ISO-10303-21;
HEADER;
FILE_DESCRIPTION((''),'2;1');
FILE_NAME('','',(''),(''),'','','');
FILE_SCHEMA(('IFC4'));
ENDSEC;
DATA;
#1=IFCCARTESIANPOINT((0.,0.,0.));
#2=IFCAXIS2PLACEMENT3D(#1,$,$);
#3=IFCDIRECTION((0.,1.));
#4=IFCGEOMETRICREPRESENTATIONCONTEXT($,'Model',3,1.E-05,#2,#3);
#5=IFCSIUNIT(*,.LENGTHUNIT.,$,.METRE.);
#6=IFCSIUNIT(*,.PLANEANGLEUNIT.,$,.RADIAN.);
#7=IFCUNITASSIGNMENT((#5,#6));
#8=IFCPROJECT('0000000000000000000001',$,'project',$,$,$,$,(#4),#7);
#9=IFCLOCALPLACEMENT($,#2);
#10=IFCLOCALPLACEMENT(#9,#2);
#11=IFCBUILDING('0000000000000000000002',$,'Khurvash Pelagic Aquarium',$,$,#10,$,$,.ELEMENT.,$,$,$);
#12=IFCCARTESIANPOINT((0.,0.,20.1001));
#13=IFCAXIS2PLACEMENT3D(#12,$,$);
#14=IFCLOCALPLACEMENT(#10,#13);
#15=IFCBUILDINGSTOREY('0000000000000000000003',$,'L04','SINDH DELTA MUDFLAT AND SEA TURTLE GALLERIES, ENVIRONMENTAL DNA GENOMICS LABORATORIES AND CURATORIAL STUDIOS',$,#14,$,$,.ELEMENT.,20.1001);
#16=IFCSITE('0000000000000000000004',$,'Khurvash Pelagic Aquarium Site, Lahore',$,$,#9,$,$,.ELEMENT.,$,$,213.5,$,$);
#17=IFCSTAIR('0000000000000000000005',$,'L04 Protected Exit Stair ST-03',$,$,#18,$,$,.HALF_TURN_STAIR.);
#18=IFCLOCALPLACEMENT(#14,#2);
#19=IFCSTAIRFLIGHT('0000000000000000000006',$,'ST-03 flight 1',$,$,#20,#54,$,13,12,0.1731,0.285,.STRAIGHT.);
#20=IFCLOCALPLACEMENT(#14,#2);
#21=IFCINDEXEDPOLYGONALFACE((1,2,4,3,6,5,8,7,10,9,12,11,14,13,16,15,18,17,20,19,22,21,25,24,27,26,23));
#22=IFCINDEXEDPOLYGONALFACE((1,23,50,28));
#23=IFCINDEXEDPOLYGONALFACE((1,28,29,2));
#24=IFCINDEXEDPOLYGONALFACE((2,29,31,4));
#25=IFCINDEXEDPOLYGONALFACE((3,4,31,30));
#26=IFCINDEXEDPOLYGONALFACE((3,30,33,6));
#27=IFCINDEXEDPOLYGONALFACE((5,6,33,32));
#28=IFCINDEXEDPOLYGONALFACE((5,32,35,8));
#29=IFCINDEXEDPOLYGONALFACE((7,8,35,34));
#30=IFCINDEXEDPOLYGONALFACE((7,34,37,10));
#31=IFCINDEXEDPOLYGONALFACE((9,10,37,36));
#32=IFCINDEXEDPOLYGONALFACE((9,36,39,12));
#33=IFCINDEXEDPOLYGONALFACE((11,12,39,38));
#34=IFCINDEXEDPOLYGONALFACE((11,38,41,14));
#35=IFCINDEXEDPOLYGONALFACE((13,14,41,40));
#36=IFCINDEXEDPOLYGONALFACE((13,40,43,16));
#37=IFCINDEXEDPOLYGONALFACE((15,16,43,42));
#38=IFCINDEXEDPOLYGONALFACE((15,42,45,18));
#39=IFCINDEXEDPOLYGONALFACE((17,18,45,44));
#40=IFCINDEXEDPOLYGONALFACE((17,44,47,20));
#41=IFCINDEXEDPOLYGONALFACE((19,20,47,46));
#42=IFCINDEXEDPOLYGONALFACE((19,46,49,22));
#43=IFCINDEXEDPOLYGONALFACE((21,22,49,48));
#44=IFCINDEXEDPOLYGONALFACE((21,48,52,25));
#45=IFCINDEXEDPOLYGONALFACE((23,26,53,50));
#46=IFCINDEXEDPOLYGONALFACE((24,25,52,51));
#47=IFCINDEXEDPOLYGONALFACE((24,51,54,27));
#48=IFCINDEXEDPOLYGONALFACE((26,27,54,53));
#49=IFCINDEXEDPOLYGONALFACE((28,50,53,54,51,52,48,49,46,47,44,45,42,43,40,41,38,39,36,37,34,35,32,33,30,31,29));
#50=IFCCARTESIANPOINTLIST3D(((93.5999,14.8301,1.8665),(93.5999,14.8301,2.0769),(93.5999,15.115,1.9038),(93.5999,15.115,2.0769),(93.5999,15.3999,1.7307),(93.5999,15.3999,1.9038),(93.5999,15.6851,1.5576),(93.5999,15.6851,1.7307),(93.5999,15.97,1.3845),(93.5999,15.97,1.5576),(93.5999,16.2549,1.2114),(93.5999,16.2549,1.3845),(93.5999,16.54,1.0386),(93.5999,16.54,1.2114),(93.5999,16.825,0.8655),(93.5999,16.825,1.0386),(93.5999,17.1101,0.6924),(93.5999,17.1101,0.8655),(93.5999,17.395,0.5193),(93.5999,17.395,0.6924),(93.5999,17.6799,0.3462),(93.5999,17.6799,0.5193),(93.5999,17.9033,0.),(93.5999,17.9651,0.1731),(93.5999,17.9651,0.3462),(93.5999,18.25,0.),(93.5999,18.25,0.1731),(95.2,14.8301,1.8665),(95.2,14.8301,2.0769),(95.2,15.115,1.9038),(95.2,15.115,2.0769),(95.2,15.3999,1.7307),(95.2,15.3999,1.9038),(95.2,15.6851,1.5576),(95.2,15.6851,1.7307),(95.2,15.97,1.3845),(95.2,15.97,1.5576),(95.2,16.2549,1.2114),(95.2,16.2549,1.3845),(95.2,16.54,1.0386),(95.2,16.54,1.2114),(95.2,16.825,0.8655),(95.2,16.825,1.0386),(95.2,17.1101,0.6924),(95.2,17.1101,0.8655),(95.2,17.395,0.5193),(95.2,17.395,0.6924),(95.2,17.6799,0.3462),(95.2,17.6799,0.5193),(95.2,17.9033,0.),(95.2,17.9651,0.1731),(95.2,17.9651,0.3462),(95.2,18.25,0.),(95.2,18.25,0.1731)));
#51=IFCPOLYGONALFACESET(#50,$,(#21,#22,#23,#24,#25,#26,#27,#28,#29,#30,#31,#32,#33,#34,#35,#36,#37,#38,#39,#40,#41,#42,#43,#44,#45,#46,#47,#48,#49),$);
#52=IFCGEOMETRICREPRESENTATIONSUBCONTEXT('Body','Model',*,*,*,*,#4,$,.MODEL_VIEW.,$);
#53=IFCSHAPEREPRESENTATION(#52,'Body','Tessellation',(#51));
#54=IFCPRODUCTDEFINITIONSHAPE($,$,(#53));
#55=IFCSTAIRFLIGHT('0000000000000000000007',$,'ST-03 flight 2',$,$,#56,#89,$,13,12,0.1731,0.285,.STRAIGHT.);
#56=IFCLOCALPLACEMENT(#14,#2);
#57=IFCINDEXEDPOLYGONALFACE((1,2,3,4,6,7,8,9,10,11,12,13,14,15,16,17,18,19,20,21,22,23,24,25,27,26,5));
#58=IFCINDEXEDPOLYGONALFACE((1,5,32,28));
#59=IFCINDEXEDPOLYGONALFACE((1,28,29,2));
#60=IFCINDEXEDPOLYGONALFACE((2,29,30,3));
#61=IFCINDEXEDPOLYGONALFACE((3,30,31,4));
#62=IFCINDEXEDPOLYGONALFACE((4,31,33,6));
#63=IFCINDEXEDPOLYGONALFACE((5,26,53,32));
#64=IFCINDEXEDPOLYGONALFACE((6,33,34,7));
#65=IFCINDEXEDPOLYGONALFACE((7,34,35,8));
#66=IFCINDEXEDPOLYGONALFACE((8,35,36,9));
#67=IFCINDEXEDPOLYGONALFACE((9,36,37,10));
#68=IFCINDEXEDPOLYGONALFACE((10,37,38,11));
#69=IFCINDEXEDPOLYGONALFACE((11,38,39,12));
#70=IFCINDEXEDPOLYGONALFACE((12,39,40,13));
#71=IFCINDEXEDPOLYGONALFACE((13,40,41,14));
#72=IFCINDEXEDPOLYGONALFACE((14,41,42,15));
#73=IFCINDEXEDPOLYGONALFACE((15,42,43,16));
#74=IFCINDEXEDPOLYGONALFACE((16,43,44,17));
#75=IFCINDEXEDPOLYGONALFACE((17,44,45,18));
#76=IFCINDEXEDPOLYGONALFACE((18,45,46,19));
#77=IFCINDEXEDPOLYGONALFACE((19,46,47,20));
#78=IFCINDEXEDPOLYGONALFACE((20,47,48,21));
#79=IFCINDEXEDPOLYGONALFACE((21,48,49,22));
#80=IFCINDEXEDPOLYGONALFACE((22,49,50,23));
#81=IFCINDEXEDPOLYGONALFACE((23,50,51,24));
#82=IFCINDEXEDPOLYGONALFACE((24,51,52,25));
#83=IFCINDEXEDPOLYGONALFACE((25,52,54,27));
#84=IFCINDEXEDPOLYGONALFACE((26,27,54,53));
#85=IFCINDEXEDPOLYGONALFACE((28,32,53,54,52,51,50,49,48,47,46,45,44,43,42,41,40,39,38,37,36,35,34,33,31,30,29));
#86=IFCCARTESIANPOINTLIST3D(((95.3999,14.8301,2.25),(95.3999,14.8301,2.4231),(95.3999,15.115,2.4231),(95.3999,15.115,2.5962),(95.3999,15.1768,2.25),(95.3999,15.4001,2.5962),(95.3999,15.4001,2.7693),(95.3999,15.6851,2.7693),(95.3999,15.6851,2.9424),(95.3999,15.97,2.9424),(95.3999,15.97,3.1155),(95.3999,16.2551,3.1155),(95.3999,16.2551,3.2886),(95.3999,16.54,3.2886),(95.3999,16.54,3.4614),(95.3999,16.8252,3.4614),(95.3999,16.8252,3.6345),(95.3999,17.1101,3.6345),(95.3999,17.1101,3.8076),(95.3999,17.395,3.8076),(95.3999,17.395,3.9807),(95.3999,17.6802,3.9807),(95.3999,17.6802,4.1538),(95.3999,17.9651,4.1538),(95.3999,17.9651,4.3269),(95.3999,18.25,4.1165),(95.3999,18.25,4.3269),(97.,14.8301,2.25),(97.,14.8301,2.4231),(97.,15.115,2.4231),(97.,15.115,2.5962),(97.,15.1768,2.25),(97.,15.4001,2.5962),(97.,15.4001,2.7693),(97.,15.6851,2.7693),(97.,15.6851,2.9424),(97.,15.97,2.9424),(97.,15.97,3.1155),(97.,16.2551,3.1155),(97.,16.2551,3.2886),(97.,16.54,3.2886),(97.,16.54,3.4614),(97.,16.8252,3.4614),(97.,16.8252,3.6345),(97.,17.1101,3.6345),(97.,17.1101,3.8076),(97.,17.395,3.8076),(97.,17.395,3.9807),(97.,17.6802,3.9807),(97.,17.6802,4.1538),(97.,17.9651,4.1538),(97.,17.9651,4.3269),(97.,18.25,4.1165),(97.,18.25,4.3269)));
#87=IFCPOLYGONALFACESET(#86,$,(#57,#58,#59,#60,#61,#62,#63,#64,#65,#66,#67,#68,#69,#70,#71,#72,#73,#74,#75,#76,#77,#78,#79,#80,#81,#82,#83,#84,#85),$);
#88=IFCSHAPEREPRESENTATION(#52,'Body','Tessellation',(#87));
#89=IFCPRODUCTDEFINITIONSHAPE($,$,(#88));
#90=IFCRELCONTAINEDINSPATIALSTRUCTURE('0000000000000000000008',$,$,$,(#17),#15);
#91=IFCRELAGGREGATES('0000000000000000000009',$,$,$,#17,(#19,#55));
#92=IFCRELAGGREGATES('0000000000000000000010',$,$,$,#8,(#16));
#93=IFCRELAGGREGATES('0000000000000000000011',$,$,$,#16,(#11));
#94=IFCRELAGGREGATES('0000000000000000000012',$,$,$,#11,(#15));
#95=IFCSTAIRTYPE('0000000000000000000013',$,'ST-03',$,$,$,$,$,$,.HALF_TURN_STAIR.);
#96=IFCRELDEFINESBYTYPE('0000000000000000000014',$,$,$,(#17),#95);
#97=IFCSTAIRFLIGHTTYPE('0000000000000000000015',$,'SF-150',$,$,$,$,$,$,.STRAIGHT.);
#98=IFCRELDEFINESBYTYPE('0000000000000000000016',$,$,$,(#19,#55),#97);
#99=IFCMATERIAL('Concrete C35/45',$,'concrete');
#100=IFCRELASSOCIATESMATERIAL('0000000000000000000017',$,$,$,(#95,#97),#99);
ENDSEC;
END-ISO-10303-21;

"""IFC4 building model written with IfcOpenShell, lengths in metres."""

from ifc_helpers import new_model, si_unit, direction, frame, origin, place, context, subcontext, project, spatial, polyline, outline, extrude, material, type_object, element, aggregate, save


model = new_model("IFC4")

# Units and contexts
model_context = context("Model", 3, precision=1e-05, world=origin(), true_north=direction((0.0, 1.0)))
body_context = subcontext(model_context, "Body", "Model", "MODEL_VIEW")
ifc_project = project(units=[si_unit("LENGTHUNIT", "METRE"), si_unit("PLANEANGLEUNIT", "RADIAN")], contexts=[model_context])

# Site, building, storey
site_placement = place(None, origin())
site = spatial("IfcSite", under=ifc_project, at=site_placement, Name="Khurvash Pelagic Aquarium Site, Lahore", CompositionType="ELEMENT", RefElevation=213.5)
building_placement = place(site_placement, origin())
building = spatial("IfcBuilding", under=site, at=building_placement, Name="Khurvash Pelagic Aquarium", CompositionType="ELEMENT")
storey_placement = place(building_placement, frame((0.0, 0.0, 20.1001)))
storey = spatial("IfcBuildingStorey", under=building, at=storey_placement, Name="L04", Description="SINDH DELTA MUDFLAT AND SEA TURTLE GALLERIES, ENVIRONMENTAL DNA GENOMICS LABORATORIES AND CURATORIAL STUDIOS", CompositionType="ELEMENT", Elevation=20.1001)

# Shared definitions
ifc_material_1 = material(Name="Concrete C35/45", Category="concrete")

# Stair, stair flights
stair_type = type_object("IfcStairType", Name="ST-03", PredefinedType="HALF_TURN_STAIR", material=ifc_material_1)
stair_placement = place(storey_placement, origin())
stair = element("IfcStair", 1, at=stair_placement, inside=storey, type_object=stair_type, Name="L04 Protected Exit Stair ST-03", PredefinedType="HALF_TURN_STAIR")
stair_flight_type = type_object("IfcStairFlightType", Name="SF-150", PredefinedType="STRAIGHT", material=ifc_material_1)
stair_flight_1_placement = place(storey_placement, frame((94.3999, 18.25, 0.0), z_axis=(0.0, 0.0, 1.0), x_axis=(0.0, -1.0, 0.0)))
stair_flight_1 = element("IfcStairFlight", 2, at=stair_flight_1_placement, type_object=stair_flight_type, Name="ST-03 flight 1", NumberOfRisers=13, NumberOfTreads=12, PredefinedType="STRAIGHT", RiserHeight=0.1731, TreadLength=0.285, context=body_context, shape_type="SweptSolid", body=[
    extrude(outline(polyline([(0.0, 0.0), (0.0, 0.1731), (0.2849, 0.1731), (0.2849, 0.3462), (0.5701, 0.3462), (0.5701, 0.5193), (0.855, 0.5193), (0.855, 0.6924), (1.1399, 0.6924), (1.1399, 0.8655), (1.425, 0.8655), (1.425, 1.0386), (1.71, 1.0386), (1.71, 1.2114), (1.9951, 1.2114), (1.9951, 1.3845), (2.28, 1.3845), (2.28, 1.5576), (2.5649, 1.5576), (2.5649, 1.7307), (2.8501, 1.7307), (2.8501, 1.9038), (3.135, 1.9038), (3.135, 2.0769), (3.4199, 2.0769), (3.4199, 2.25), (3.4199, 1.8665), (0.3467, 0.0), (0.0, 0.0)])), frame((0.0, 0.8, 0.0), z_axis=(0.0, -1.0, 0.0), x_axis=(1.0, 0.0, 0.0)), (0.0, 0.0, 1.0), 1.6001),
])
stair_flight_2_placement = place(storey_placement, frame((96.2, 14.8301, 2.25), z_axis=(0.0, 0.0, 1.0), x_axis=(0.0, 1.0, 0.0)))
stair_flight_2 = element("IfcStairFlight", 3, at=stair_flight_2_placement, type_object=stair_flight_type, Name="ST-03 flight 2", NumberOfRisers=13, NumberOfTreads=12, PredefinedType="STRAIGHT", RiserHeight=0.1731, TreadLength=0.285, context=body_context, shape_type="SweptSolid", body=[
    extrude(outline(polyline([(0.0, 0.0), (0.0, 0.1731), (0.2849, 0.1731), (0.2849, 0.3462), (0.5701, 0.3462), (0.5701, 0.5193), (0.855, 0.5193), (0.855, 0.6924), (1.1399, 0.6924), (1.1399, 0.8655), (1.425, 0.8655), (1.425, 1.0386), (1.71, 1.0386), (1.71, 1.2114), (1.9951, 1.2114), (1.9951, 1.3845), (2.28, 1.3845), (2.28, 1.5576), (2.5649, 1.5576), (2.5649, 1.7307), (2.8501, 1.7307), (2.8501, 1.9038), (3.135, 1.9038), (3.135, 2.0769), (3.4199, 2.0769), (3.4199, 2.25), (3.4199, 1.8665), (0.3467, 0.0), (0.0, 0.0)])), frame((0.0, 0.8, 0.0), z_axis=(0.0, -1.0, 0.0), x_axis=(1.0, 0.0, 0.0)), (0.0, 0.0, 1.0), 1.6001),
])
aggregate(stair, [stair_flight_1, stair_flight_2])

save(model, "model.ifc")
